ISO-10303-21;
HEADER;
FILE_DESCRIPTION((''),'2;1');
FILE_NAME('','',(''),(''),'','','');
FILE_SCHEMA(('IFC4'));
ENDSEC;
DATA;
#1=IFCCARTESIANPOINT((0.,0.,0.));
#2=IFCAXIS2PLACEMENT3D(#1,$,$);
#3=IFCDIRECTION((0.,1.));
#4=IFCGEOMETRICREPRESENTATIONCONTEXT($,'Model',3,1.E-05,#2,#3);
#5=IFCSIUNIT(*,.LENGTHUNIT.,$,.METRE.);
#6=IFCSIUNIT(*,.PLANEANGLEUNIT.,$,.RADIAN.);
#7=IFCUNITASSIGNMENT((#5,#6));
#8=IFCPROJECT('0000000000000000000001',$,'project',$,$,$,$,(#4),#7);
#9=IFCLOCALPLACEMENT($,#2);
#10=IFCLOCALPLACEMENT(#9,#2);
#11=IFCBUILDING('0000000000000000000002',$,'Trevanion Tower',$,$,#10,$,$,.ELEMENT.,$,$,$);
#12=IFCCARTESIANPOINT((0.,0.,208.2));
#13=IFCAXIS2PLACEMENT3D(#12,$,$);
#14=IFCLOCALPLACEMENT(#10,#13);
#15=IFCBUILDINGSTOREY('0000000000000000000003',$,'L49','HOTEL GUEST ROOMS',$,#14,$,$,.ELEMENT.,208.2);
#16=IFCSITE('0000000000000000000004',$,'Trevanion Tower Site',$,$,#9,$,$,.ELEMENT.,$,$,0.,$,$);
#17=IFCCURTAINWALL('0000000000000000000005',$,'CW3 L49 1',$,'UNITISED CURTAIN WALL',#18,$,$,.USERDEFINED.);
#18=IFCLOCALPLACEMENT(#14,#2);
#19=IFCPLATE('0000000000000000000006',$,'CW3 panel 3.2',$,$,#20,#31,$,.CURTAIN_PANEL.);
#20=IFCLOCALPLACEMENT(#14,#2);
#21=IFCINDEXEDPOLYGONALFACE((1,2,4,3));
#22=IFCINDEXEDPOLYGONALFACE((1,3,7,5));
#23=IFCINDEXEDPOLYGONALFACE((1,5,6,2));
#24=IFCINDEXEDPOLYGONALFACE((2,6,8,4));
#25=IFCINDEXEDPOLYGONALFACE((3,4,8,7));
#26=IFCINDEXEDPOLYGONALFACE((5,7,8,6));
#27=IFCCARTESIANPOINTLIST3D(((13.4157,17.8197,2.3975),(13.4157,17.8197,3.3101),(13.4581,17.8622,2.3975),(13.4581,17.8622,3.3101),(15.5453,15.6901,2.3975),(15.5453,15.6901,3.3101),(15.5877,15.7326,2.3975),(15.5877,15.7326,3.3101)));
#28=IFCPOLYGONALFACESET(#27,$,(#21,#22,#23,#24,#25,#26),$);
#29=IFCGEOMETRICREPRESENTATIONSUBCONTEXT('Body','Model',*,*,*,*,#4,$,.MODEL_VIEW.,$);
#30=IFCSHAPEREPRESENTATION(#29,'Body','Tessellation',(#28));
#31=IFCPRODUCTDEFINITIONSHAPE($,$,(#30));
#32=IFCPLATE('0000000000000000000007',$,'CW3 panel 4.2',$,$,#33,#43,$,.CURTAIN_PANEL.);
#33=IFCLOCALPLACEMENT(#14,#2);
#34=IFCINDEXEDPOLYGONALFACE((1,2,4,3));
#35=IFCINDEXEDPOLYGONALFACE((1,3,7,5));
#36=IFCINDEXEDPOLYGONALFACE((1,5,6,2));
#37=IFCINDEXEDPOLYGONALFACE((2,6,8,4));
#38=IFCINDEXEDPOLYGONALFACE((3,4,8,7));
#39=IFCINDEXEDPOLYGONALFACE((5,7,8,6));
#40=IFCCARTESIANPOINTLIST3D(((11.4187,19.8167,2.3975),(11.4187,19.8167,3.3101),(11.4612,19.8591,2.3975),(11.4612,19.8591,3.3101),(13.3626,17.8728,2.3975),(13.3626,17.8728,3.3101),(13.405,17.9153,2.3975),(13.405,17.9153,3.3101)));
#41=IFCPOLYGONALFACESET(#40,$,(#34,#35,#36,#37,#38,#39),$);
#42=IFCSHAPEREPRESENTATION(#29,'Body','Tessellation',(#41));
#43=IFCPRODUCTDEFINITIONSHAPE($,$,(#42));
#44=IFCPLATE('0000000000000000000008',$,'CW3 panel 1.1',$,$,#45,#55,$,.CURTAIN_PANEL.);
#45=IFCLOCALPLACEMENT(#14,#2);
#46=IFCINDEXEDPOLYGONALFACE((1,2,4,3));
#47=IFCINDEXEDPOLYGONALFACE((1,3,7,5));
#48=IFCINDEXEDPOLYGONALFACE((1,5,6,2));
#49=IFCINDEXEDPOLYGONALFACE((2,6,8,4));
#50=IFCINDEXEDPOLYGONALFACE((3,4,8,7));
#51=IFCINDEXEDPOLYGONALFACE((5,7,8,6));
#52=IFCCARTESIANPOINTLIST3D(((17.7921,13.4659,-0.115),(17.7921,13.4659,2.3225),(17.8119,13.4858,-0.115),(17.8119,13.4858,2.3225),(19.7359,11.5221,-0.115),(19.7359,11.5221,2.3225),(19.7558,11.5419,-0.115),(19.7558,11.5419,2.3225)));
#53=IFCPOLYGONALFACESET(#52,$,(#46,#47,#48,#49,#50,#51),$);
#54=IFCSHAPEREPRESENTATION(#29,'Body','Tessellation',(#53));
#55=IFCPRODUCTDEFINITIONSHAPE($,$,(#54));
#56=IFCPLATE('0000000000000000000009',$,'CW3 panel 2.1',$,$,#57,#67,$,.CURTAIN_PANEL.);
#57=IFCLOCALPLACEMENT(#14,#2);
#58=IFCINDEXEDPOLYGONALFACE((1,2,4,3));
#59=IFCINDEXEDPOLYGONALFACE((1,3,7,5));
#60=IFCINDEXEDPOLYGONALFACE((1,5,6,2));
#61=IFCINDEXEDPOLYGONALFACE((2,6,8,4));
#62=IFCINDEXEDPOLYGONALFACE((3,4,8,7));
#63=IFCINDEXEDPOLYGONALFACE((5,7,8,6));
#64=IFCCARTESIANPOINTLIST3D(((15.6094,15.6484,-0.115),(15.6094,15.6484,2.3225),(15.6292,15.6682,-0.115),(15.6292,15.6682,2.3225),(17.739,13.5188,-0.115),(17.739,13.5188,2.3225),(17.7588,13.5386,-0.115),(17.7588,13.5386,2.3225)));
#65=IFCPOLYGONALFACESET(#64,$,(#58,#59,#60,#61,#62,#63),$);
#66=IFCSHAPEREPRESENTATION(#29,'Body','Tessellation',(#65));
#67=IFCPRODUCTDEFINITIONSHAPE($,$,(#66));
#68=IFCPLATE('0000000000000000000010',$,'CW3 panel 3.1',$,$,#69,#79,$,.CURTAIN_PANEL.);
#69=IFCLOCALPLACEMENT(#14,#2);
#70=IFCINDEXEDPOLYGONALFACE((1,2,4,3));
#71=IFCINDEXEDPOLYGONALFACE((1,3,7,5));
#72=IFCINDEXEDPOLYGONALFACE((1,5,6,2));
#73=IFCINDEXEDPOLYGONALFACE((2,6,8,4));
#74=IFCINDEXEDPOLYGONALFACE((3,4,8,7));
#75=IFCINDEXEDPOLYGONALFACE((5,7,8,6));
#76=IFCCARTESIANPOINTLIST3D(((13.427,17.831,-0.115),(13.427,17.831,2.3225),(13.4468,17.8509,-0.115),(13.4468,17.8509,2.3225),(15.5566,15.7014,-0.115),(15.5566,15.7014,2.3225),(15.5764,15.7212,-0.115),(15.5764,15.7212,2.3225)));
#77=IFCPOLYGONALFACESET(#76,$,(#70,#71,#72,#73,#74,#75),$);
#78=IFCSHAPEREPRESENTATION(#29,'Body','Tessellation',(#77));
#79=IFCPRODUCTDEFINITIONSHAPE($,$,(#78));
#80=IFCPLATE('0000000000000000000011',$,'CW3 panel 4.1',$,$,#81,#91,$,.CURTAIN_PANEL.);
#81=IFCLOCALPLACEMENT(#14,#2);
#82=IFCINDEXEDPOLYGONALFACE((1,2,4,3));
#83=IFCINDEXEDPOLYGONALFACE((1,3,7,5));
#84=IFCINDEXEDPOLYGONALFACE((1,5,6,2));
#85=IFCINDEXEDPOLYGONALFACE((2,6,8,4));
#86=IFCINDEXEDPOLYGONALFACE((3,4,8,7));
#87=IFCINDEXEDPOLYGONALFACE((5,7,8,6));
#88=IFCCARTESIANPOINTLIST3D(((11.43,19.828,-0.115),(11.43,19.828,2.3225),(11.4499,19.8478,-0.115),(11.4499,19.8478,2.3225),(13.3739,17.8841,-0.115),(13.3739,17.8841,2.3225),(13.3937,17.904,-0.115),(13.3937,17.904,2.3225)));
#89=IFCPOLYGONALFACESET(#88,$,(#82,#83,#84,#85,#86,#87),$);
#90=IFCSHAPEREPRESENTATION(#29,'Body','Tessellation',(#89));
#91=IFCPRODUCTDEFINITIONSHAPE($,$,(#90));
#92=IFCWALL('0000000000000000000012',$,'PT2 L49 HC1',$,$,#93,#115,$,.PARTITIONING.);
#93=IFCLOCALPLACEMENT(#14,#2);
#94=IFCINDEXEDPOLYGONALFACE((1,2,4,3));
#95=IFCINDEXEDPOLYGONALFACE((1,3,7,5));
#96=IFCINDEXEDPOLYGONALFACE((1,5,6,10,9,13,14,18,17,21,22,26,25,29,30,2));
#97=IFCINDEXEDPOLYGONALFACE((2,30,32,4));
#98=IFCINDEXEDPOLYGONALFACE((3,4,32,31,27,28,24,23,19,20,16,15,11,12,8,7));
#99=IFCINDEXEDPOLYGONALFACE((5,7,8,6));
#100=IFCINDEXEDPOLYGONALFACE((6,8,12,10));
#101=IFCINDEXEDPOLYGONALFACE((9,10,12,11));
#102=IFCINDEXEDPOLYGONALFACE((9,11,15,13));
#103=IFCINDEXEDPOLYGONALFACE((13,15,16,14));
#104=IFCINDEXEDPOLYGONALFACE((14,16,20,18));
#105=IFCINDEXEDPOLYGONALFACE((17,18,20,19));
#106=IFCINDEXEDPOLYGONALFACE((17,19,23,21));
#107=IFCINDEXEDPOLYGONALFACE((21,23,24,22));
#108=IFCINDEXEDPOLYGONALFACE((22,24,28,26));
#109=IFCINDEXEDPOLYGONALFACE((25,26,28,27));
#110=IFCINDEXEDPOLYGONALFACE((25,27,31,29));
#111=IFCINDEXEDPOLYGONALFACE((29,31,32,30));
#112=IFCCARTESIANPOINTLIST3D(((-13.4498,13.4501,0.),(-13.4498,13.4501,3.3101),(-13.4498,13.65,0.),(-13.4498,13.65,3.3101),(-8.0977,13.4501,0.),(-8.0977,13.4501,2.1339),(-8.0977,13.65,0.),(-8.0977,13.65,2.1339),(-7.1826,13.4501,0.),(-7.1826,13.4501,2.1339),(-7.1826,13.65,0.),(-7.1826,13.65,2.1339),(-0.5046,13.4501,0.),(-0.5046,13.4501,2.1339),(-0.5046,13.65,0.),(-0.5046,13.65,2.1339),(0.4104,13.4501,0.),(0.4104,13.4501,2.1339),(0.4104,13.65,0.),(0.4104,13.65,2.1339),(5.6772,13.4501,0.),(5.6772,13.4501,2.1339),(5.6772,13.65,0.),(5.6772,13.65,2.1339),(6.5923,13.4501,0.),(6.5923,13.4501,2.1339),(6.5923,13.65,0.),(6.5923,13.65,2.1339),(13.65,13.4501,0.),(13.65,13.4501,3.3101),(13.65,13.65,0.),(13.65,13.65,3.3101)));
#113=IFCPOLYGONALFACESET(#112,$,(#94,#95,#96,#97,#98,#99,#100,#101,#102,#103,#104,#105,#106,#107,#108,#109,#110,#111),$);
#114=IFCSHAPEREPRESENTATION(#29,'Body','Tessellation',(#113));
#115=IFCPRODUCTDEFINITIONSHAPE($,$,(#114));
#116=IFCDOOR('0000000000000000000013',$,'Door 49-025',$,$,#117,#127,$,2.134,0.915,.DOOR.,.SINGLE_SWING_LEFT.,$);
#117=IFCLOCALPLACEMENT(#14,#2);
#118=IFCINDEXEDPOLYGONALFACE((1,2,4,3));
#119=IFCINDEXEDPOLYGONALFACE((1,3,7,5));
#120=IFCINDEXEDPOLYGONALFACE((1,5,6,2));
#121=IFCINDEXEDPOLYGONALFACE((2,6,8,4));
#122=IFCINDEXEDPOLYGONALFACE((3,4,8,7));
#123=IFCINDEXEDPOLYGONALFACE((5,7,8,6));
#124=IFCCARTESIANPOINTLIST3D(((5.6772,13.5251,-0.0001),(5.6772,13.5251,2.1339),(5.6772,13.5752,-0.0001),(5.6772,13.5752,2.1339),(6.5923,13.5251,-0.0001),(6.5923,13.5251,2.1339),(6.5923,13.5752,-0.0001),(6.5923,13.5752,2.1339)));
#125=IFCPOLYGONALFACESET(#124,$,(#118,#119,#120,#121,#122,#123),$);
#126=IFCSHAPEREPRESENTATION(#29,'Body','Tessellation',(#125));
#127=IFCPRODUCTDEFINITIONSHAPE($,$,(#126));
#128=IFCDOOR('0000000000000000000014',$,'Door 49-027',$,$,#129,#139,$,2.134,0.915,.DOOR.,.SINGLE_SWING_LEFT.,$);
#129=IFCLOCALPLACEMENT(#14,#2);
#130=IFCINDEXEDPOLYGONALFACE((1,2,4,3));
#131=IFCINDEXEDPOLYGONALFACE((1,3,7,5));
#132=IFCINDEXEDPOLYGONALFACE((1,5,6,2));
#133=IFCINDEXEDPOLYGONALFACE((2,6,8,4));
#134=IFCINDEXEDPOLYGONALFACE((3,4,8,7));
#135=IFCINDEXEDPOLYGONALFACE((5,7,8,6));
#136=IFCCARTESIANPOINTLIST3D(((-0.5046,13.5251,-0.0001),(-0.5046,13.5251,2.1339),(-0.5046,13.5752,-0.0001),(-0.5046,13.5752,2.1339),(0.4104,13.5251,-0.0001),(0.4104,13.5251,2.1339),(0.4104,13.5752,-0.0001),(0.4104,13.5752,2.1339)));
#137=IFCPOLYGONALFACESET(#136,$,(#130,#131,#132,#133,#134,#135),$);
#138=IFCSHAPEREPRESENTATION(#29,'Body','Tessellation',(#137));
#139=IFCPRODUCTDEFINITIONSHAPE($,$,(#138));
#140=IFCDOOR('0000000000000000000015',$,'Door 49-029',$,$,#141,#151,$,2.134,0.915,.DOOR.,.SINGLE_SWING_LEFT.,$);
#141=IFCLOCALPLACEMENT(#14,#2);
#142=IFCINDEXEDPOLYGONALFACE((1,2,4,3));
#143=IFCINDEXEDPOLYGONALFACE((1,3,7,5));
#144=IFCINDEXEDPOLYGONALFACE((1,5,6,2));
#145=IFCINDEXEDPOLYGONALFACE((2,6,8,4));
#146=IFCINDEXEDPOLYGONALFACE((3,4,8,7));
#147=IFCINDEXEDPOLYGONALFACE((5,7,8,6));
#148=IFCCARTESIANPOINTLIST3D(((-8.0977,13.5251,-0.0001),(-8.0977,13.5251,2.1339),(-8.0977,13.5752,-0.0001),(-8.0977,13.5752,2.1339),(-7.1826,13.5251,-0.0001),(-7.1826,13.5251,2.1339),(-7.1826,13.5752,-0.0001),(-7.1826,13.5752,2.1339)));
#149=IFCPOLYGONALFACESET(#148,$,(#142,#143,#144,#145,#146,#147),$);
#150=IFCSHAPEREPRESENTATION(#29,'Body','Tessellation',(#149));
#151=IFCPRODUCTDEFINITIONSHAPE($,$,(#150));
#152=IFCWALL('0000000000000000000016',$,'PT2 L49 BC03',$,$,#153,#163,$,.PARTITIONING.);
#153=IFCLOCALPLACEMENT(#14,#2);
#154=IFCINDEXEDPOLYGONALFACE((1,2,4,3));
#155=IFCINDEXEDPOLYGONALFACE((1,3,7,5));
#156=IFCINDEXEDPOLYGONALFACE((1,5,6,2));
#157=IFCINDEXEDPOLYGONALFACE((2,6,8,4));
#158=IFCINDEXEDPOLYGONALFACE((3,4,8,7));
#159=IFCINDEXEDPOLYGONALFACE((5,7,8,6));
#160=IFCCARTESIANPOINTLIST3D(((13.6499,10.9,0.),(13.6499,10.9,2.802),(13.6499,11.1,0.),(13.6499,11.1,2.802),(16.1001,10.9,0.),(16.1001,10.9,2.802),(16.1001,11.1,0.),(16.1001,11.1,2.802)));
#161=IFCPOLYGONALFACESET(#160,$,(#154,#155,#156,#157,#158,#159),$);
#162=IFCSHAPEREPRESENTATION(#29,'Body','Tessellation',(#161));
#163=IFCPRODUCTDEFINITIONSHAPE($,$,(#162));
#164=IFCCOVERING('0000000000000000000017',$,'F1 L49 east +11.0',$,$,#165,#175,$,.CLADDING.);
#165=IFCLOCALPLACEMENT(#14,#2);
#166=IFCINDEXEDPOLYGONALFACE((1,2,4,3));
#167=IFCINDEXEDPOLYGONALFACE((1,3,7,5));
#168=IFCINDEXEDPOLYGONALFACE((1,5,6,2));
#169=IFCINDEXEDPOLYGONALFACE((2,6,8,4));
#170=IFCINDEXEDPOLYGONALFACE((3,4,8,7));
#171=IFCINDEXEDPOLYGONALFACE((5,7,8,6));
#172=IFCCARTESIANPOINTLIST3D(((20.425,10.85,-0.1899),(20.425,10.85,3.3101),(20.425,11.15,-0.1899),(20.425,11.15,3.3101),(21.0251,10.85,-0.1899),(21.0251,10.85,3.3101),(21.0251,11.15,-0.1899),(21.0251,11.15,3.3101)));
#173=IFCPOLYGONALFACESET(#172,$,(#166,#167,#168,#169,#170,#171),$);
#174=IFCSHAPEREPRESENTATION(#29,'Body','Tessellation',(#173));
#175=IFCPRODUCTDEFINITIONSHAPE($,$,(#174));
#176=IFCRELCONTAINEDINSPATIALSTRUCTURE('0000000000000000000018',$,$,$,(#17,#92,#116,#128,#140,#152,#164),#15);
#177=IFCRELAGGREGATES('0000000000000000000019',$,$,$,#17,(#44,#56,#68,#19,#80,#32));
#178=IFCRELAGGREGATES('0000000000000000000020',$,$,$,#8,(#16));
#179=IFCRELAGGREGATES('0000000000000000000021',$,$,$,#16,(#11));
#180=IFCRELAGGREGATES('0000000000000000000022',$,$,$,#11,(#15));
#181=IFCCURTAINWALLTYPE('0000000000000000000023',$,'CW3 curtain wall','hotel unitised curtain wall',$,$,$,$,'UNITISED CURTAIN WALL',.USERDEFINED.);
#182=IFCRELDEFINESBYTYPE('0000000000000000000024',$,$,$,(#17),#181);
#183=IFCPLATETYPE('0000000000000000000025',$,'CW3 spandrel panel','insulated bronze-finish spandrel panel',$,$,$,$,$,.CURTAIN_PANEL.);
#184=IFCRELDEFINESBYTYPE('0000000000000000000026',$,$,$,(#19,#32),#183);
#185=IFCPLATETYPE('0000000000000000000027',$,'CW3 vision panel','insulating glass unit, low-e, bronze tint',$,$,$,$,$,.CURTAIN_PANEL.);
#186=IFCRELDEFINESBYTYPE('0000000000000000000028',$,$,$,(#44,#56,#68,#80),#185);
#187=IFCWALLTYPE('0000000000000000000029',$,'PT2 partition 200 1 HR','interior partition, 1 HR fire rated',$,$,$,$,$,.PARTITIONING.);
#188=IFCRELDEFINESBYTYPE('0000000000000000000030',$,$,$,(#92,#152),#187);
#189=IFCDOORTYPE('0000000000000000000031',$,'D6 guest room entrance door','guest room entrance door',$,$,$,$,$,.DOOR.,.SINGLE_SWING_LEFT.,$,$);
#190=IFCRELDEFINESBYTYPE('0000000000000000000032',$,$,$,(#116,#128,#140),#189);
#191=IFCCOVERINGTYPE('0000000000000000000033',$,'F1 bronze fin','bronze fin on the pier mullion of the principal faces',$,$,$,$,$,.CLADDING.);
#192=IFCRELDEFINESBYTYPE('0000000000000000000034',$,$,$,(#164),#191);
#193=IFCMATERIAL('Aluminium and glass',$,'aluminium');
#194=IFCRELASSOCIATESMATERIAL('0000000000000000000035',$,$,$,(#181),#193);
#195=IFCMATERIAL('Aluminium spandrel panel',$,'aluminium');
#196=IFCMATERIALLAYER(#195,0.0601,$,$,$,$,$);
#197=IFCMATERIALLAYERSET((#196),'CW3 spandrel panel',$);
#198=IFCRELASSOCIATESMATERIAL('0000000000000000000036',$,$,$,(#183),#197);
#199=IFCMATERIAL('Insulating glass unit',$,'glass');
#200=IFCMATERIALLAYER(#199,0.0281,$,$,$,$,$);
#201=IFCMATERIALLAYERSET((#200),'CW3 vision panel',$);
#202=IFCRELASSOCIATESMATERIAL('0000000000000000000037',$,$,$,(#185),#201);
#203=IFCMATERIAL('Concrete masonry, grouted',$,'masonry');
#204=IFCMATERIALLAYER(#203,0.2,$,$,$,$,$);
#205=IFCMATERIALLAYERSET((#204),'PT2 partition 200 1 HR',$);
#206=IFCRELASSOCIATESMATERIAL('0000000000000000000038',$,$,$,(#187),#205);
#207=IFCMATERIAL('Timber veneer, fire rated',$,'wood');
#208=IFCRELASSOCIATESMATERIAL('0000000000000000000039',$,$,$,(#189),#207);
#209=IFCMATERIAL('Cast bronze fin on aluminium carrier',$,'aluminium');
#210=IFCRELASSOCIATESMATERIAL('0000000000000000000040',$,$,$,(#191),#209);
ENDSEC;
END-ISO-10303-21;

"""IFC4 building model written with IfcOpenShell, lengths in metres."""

from ifc_helpers import new_model, si_unit, direction, frame, frame_2d, origin, origin_2d, place, context, subcontext, project, spatial, rectangle, extrude, material, layer, layer_set, type_object, element, fill, aggregate, save


model = new_model("IFC4")

# Units and contexts
model_context = context("Model", 3, precision=1e-05, world=origin(), true_north=direction((0.0, 1.0)))
body_context = subcontext(model_context, "Body", "Model", "MODEL_VIEW")
ifc_project = project(units=[si_unit("LENGTHUNIT", "METRE"), si_unit("PLANEANGLEUNIT", "RADIAN")], contexts=[model_context])

# Site, building, storey
site_placement = place(None, origin())
site = spatial("IfcSite", under=ifc_project, at=site_placement, Name="Trevanion Tower Site", CompositionType="ELEMENT", RefElevation=0.0)
building_placement = place(site_placement, origin())
building = spatial("IfcBuilding", under=site, at=building_placement, Name="Trevanion Tower", CompositionType="ELEMENT")
storey_placement = place(building_placement, frame((0.0, 0.0, 208.2)))
storey = spatial("IfcBuildingStorey", under=building, at=storey_placement, Name="L49", Description="HOTEL GUEST ROOMS", CompositionType="ELEMENT", Elevation=208.2)

# Curtain wall
ifc_material_1 = material(Name="Aluminium and glass", Category="aluminium")
curtain_wall_type = type_object("IfcCurtainWallType", Name="CW3 curtain wall", Description="hotel unitised curtain wall", ElementType="UNITISED CURTAIN WALL", PredefinedType="USERDEFINED", material=ifc_material_1)
curtain_wall_1_placement = place(storey_placement, origin())
curtain_wall_1 = element("IfcCurtainWall", 1, at=curtain_wall_1_placement, inside=storey, type_object=curtain_wall_type, Name="CW3 L49 1", ObjectType="UNITISED CURTAIN WALL", PredefinedType="USERDEFINED")

# Plates
ifc_material_2 = material(Name="Aluminium spandrel panel", Category="aluminium")
ifc_layer_1 = layer(ifc_material_2, 0.0601)
ifc_layer_set_1 = layer_set([ifc_layer_1], Name="CW3 spandrel panel")
plate_type_1 = type_object("IfcPlateType", Name="CW3 spandrel panel", Description="insulated bronze-finish spandrel panel", PredefinedType="CURTAIN_PANEL", material=ifc_layer_set_1)
plate_1_placement = place(storey_placement, frame((14.5017, 16.7761, 2.3975), z_axis=(0.0, 0.0, 1.0), x_axis=(-0.707107, 0.707107, 0.0)))
plate_1 = element("IfcPlate", 2, at=plate_1_placement, type_object=plate_type_1, Name="CW3 panel 3.2", PredefinedType="CURTAIN_PANEL", context=body_context, shape_type="SweptSolid", body=[
    extrude(rectangle(XDim=3.0117, YDim=0.0601, at=origin_2d()), origin(), (0.0, 0.0, 1.0), 0.9126),
])
plate_2_placement = place(storey_placement, frame((12.4119, 18.866, 2.3975), z_axis=(0.0, 0.0, 1.0), x_axis=(-0.707107, 0.707107, 0.0)))
plate_2 = element("IfcPlate", 3, at=plate_2_placement, type_object=plate_type_1, Name="CW3 panel 4.2", PredefinedType="CURTAIN_PANEL", context=body_context, shape_type="SweptSolid", body=[
    extrude(rectangle(XDim=2.749, YDim=0.0601, at=origin_2d()), origin(), (0.0, 0.0, 1.0), 0.9126),
])
ifc_material_3 = material(Name="Insulating glass unit", Category="glass")
ifc_layer_2 = layer(ifc_material_3, 0.0281)
ifc_layer_set_2 = layer_set([ifc_layer_2], Name="CW3 vision panel")
plate_type_2 = type_object("IfcPlateType", Name="CW3 vision panel", Description="insulating glass unit, low-e, bronze tint", PredefinedType="CURTAIN_PANEL", material=ifc_layer_set_2)
plate_3_placement = place(storey_placement, frame((18.7739, 12.5039, -0.115), z_axis=(0.0, 0.0, 1.0), x_axis=(-0.707107, 0.707107, 0.0)))
plate_3 = element("IfcPlate", 4, at=plate_3_placement, type_object=plate_type_2, Name="CW3 panel 1.1", PredefinedType="CURTAIN_PANEL", context=body_context, shape_type="SweptSolid", body=[
    extrude(rectangle(XDim=2.749, YDim=0.0281, at=origin_2d()), origin(), (0.0, 0.0, 1.0), 2.4375),
])
plate_4_placement = place(storey_placement, frame((16.6841, 14.5935, -0.115), z_axis=(0.0, 0.0, 1.0), x_axis=(-0.707107, 0.707107, 0.0)))
plate_4 = element("IfcPlate", 5, at=plate_4_placement, type_object=plate_type_2, Name="CW3 panel 2.1", PredefinedType="CURTAIN_PANEL", context=body_context, shape_type="SweptSolid", body=[
    extrude(rectangle(XDim=3.0117, YDim=0.0281, at=origin_2d()), origin(), (0.0, 0.0, 1.0), 2.4375),
])
plate_5_placement = place(storey_placement, frame((14.5017, 16.7761, -0.115), z_axis=(0.0, 0.0, 1.0), x_axis=(-0.707107, 0.707107, 0.0)))
plate_5 = element("IfcPlate", 6, at=plate_5_placement, type_object=plate_type_2, Name="CW3 panel 3.1", PredefinedType="CURTAIN_PANEL", context=body_context, shape_type="SweptSolid", body=[
    extrude(rectangle(XDim=3.0117, YDim=0.0281, at=origin_2d()), origin(), (0.0, 0.0, 1.0), 2.4375),
])
plate_6_placement = place(storey_placement, frame((12.4119, 18.866, -0.115), z_axis=(0.0, 0.0, 1.0), x_axis=(-0.707107, 0.707107, 0.0)))
plate_6 = element("IfcPlate", 7, at=plate_6_placement, type_object=plate_type_2, Name="CW3 panel 4.1", PredefinedType="CURTAIN_PANEL", context=body_context, shape_type="SweptSolid", body=[
    extrude(rectangle(XDim=2.749, YDim=0.0281, at=origin_2d()), origin(), (0.0, 0.0, 1.0), 2.4375),
])
aggregate(curtain_wall_1, [plate_3, plate_4, plate_5, plate_1, plate_6, plate_2])

# Wall, openings, doors
ifc_material_4 = material(Name="Concrete masonry, grouted", Category="masonry")
ifc_layer_3 = layer(ifc_material_4, 0.2)
ifc_layer_set_3 = layer_set([ifc_layer_3], Name="PT2 partition 200 1 HR")
wall_type = type_object("IfcWallType", Name="PT2 partition 200 1 HR", Description="interior partition, 1 HR fire rated", PredefinedType="PARTITIONING", material=ifc_layer_set_3)
wall_1_placement = place(storey_placement, frame((13.6499, 13.55, 0.0), z_axis=(0.0, 0.0, 1.0), x_axis=(-1.0, 0.0, 0.0)))
wall_1 = element("IfcWall", 8, at=wall_1_placement, inside=storey, type_object=wall_type, Name="PT2 L49 HC1", PredefinedType="PARTITIONING", context=body_context, shape_type="SweptSolid", body=[
    extrude(rectangle(XDim=27.0999, YDim=0.2, at=frame_2d((13.5498, 0.0))), origin(), (0.0, 0.0, 1.0), 3.3101),
])
opening_1_placement = place(wall_1_placement, frame((7.0576, 0.0, 0.0)))
opening_1 = element("IfcOpeningElement", 9, at=opening_1_placement, cuts=wall_1, PredefinedType="OPENING", context=body_context, shape_type="SweptSolid", body=[
    extrude(rectangle(XDim=0.915, YDim=2.134, at=frame_2d((0.4575, 1.0669))), frame((0.0, 0.1099, 0.0), z_axis=(0.0, -1.0, 0.0), x_axis=(1.0, 0.0, 0.0)), (0.0, 0.0, 1.0), 0.22),
])
opening_2_placement = place(wall_1_placement, frame((13.2395, 0.0, 0.0)))
opening_2 = element("IfcOpeningElement", 10, at=opening_2_placement, cuts=wall_1, PredefinedType="OPENING", context=body_context, shape_type="SweptSolid", body=[
    extrude(rectangle(XDim=0.915, YDim=2.134, at=frame_2d((0.4575, 1.0669))), frame((0.0, 0.1099, 0.0), z_axis=(0.0, -1.0, 0.0), x_axis=(1.0, 0.0, 0.0)), (0.0, 0.0, 1.0), 0.22),
])
opening_3_placement = place(wall_1_placement, frame((20.8325, 0.0, 0.0)))
opening_3 = element("IfcOpeningElement", 11, at=opening_3_placement, cuts=wall_1, PredefinedType="OPENING", context=body_context, shape_type="SweptSolid", body=[
    extrude(rectangle(XDim=0.915, YDim=2.134, at=frame_2d((0.4575, 1.0669))), frame((0.0, 0.1099, 0.0), z_axis=(0.0, -1.0, 0.0), x_axis=(1.0, 0.0, 0.0)), (0.0, 0.0, 1.0), 0.22),
])
ifc_material_5 = material(Name="Timber veneer, fire rated", Category="wood")
door_type = type_object("IfcDoorType", Name="D6 guest room entrance door", Description="guest room entrance door", OperationType="SINGLE_SWING_LEFT", PredefinedType="DOOR", material=ifc_material_5)
door_1_placement = place(opening_1_placement, origin())
door_1 = element("IfcDoor", 12, at=door_1_placement, inside=storey, type_object=door_type, Name="Door 49-025", OperationType="SINGLE_SWING_LEFT", OverallHeight=2.134, OverallWidth=0.915, PredefinedType="DOOR", context=body_context, shape_type="SweptSolid", body=[
    extrude(rectangle(XDim=0.915, YDim=2.134, at=frame_2d((0.4575, 1.0669))), frame((0.0, 0.0249, 0.0), z_axis=(0.0, -1.0, 0.0), x_axis=(1.0, 0.0, 0.0)), (0.0, 0.0, 1.0), 0.05),
])
fill(opening_1, door_1)
door_2_placement = place(opening_2_placement, origin())
door_2 = element("IfcDoor", 13, at=door_2_placement, inside=storey, type_object=door_type, Name="Door 49-027", OperationType="SINGLE_SWING_LEFT", OverallHeight=2.134, OverallWidth=0.915, PredefinedType="DOOR", context=body_context, shape_type="SweptSolid", body=[
    extrude(rectangle(XDim=0.915, YDim=2.134, at=frame_2d((0.4575, 1.0669))), frame((0.0, 0.0249, 0.0), z_axis=(0.0, -1.0, 0.0), x_axis=(1.0, 0.0, 0.0)), (0.0, 0.0, 1.0), 0.05),
])
fill(opening_2, door_2)
door_3_placement = place(opening_3_placement, origin())
door_3 = element("IfcDoor", 14, at=door_3_placement, inside=storey, type_object=door_type, Name="Door 49-029", OperationType="SINGLE_SWING_LEFT", OverallHeight=2.134, OverallWidth=0.915, PredefinedType="DOOR", context=body_context, shape_type="SweptSolid", body=[
    extrude(rectangle(XDim=0.915, YDim=2.134, at=frame_2d((0.4575, 1.0669))), frame((0.0, 0.0249, 0.0), z_axis=(0.0, -1.0, 0.0), x_axis=(1.0, 0.0, 0.0)), (0.0, 0.0, 1.0), 0.05),
])
fill(opening_3, door_3)

# Wall
wall_2_placement = place(storey_placement, frame((13.6499, 11.0, 0.0), z_axis=(0.0, 0.0, 1.0), x_axis=(1.0, 0.0, 0.0)))
element("IfcWall", 15, at=wall_2_placement, inside=storey, type_object=wall_type, Name="PT2 L49 BC03", PredefinedType="PARTITIONING", context=body_context, shape_type="SweptSolid", body=[
    extrude(rectangle(XDim=2.4502, YDim=0.2, at=frame_2d((1.2251, 0.0))), origin(), (0.0, 0.0, 1.0), 2.802),
])

# Covering
ifc_material_6 = material(Name="Cast bronze fin on aluminium carrier", Category="aluminium")
covering_type = type_object("IfcCoveringType", Name="F1 bronze fin", Description="bronze fin on the pier mullion of the principal faces", PredefinedType="CLADDING", material=ifc_material_6)
covering_placement = place(storey_placement, frame((20.7251, 11.0, -0.1899), z_axis=(0.0, 0.0, 1.0), x_axis=(0.0, 1.0, 0.0)))
element("IfcCovering", 16, at=covering_placement, inside=storey, type_object=covering_type, Name="F1 L49 east +11.0", PredefinedType="CLADDING", context=body_context, shape_type="SweptSolid", body=[
    extrude(rectangle(XDim=0.3, YDim=0.6001, at=origin_2d()), origin(), (0.0, 0.0, 1.0), 3.5),
])

save(model, "model.ifc")
